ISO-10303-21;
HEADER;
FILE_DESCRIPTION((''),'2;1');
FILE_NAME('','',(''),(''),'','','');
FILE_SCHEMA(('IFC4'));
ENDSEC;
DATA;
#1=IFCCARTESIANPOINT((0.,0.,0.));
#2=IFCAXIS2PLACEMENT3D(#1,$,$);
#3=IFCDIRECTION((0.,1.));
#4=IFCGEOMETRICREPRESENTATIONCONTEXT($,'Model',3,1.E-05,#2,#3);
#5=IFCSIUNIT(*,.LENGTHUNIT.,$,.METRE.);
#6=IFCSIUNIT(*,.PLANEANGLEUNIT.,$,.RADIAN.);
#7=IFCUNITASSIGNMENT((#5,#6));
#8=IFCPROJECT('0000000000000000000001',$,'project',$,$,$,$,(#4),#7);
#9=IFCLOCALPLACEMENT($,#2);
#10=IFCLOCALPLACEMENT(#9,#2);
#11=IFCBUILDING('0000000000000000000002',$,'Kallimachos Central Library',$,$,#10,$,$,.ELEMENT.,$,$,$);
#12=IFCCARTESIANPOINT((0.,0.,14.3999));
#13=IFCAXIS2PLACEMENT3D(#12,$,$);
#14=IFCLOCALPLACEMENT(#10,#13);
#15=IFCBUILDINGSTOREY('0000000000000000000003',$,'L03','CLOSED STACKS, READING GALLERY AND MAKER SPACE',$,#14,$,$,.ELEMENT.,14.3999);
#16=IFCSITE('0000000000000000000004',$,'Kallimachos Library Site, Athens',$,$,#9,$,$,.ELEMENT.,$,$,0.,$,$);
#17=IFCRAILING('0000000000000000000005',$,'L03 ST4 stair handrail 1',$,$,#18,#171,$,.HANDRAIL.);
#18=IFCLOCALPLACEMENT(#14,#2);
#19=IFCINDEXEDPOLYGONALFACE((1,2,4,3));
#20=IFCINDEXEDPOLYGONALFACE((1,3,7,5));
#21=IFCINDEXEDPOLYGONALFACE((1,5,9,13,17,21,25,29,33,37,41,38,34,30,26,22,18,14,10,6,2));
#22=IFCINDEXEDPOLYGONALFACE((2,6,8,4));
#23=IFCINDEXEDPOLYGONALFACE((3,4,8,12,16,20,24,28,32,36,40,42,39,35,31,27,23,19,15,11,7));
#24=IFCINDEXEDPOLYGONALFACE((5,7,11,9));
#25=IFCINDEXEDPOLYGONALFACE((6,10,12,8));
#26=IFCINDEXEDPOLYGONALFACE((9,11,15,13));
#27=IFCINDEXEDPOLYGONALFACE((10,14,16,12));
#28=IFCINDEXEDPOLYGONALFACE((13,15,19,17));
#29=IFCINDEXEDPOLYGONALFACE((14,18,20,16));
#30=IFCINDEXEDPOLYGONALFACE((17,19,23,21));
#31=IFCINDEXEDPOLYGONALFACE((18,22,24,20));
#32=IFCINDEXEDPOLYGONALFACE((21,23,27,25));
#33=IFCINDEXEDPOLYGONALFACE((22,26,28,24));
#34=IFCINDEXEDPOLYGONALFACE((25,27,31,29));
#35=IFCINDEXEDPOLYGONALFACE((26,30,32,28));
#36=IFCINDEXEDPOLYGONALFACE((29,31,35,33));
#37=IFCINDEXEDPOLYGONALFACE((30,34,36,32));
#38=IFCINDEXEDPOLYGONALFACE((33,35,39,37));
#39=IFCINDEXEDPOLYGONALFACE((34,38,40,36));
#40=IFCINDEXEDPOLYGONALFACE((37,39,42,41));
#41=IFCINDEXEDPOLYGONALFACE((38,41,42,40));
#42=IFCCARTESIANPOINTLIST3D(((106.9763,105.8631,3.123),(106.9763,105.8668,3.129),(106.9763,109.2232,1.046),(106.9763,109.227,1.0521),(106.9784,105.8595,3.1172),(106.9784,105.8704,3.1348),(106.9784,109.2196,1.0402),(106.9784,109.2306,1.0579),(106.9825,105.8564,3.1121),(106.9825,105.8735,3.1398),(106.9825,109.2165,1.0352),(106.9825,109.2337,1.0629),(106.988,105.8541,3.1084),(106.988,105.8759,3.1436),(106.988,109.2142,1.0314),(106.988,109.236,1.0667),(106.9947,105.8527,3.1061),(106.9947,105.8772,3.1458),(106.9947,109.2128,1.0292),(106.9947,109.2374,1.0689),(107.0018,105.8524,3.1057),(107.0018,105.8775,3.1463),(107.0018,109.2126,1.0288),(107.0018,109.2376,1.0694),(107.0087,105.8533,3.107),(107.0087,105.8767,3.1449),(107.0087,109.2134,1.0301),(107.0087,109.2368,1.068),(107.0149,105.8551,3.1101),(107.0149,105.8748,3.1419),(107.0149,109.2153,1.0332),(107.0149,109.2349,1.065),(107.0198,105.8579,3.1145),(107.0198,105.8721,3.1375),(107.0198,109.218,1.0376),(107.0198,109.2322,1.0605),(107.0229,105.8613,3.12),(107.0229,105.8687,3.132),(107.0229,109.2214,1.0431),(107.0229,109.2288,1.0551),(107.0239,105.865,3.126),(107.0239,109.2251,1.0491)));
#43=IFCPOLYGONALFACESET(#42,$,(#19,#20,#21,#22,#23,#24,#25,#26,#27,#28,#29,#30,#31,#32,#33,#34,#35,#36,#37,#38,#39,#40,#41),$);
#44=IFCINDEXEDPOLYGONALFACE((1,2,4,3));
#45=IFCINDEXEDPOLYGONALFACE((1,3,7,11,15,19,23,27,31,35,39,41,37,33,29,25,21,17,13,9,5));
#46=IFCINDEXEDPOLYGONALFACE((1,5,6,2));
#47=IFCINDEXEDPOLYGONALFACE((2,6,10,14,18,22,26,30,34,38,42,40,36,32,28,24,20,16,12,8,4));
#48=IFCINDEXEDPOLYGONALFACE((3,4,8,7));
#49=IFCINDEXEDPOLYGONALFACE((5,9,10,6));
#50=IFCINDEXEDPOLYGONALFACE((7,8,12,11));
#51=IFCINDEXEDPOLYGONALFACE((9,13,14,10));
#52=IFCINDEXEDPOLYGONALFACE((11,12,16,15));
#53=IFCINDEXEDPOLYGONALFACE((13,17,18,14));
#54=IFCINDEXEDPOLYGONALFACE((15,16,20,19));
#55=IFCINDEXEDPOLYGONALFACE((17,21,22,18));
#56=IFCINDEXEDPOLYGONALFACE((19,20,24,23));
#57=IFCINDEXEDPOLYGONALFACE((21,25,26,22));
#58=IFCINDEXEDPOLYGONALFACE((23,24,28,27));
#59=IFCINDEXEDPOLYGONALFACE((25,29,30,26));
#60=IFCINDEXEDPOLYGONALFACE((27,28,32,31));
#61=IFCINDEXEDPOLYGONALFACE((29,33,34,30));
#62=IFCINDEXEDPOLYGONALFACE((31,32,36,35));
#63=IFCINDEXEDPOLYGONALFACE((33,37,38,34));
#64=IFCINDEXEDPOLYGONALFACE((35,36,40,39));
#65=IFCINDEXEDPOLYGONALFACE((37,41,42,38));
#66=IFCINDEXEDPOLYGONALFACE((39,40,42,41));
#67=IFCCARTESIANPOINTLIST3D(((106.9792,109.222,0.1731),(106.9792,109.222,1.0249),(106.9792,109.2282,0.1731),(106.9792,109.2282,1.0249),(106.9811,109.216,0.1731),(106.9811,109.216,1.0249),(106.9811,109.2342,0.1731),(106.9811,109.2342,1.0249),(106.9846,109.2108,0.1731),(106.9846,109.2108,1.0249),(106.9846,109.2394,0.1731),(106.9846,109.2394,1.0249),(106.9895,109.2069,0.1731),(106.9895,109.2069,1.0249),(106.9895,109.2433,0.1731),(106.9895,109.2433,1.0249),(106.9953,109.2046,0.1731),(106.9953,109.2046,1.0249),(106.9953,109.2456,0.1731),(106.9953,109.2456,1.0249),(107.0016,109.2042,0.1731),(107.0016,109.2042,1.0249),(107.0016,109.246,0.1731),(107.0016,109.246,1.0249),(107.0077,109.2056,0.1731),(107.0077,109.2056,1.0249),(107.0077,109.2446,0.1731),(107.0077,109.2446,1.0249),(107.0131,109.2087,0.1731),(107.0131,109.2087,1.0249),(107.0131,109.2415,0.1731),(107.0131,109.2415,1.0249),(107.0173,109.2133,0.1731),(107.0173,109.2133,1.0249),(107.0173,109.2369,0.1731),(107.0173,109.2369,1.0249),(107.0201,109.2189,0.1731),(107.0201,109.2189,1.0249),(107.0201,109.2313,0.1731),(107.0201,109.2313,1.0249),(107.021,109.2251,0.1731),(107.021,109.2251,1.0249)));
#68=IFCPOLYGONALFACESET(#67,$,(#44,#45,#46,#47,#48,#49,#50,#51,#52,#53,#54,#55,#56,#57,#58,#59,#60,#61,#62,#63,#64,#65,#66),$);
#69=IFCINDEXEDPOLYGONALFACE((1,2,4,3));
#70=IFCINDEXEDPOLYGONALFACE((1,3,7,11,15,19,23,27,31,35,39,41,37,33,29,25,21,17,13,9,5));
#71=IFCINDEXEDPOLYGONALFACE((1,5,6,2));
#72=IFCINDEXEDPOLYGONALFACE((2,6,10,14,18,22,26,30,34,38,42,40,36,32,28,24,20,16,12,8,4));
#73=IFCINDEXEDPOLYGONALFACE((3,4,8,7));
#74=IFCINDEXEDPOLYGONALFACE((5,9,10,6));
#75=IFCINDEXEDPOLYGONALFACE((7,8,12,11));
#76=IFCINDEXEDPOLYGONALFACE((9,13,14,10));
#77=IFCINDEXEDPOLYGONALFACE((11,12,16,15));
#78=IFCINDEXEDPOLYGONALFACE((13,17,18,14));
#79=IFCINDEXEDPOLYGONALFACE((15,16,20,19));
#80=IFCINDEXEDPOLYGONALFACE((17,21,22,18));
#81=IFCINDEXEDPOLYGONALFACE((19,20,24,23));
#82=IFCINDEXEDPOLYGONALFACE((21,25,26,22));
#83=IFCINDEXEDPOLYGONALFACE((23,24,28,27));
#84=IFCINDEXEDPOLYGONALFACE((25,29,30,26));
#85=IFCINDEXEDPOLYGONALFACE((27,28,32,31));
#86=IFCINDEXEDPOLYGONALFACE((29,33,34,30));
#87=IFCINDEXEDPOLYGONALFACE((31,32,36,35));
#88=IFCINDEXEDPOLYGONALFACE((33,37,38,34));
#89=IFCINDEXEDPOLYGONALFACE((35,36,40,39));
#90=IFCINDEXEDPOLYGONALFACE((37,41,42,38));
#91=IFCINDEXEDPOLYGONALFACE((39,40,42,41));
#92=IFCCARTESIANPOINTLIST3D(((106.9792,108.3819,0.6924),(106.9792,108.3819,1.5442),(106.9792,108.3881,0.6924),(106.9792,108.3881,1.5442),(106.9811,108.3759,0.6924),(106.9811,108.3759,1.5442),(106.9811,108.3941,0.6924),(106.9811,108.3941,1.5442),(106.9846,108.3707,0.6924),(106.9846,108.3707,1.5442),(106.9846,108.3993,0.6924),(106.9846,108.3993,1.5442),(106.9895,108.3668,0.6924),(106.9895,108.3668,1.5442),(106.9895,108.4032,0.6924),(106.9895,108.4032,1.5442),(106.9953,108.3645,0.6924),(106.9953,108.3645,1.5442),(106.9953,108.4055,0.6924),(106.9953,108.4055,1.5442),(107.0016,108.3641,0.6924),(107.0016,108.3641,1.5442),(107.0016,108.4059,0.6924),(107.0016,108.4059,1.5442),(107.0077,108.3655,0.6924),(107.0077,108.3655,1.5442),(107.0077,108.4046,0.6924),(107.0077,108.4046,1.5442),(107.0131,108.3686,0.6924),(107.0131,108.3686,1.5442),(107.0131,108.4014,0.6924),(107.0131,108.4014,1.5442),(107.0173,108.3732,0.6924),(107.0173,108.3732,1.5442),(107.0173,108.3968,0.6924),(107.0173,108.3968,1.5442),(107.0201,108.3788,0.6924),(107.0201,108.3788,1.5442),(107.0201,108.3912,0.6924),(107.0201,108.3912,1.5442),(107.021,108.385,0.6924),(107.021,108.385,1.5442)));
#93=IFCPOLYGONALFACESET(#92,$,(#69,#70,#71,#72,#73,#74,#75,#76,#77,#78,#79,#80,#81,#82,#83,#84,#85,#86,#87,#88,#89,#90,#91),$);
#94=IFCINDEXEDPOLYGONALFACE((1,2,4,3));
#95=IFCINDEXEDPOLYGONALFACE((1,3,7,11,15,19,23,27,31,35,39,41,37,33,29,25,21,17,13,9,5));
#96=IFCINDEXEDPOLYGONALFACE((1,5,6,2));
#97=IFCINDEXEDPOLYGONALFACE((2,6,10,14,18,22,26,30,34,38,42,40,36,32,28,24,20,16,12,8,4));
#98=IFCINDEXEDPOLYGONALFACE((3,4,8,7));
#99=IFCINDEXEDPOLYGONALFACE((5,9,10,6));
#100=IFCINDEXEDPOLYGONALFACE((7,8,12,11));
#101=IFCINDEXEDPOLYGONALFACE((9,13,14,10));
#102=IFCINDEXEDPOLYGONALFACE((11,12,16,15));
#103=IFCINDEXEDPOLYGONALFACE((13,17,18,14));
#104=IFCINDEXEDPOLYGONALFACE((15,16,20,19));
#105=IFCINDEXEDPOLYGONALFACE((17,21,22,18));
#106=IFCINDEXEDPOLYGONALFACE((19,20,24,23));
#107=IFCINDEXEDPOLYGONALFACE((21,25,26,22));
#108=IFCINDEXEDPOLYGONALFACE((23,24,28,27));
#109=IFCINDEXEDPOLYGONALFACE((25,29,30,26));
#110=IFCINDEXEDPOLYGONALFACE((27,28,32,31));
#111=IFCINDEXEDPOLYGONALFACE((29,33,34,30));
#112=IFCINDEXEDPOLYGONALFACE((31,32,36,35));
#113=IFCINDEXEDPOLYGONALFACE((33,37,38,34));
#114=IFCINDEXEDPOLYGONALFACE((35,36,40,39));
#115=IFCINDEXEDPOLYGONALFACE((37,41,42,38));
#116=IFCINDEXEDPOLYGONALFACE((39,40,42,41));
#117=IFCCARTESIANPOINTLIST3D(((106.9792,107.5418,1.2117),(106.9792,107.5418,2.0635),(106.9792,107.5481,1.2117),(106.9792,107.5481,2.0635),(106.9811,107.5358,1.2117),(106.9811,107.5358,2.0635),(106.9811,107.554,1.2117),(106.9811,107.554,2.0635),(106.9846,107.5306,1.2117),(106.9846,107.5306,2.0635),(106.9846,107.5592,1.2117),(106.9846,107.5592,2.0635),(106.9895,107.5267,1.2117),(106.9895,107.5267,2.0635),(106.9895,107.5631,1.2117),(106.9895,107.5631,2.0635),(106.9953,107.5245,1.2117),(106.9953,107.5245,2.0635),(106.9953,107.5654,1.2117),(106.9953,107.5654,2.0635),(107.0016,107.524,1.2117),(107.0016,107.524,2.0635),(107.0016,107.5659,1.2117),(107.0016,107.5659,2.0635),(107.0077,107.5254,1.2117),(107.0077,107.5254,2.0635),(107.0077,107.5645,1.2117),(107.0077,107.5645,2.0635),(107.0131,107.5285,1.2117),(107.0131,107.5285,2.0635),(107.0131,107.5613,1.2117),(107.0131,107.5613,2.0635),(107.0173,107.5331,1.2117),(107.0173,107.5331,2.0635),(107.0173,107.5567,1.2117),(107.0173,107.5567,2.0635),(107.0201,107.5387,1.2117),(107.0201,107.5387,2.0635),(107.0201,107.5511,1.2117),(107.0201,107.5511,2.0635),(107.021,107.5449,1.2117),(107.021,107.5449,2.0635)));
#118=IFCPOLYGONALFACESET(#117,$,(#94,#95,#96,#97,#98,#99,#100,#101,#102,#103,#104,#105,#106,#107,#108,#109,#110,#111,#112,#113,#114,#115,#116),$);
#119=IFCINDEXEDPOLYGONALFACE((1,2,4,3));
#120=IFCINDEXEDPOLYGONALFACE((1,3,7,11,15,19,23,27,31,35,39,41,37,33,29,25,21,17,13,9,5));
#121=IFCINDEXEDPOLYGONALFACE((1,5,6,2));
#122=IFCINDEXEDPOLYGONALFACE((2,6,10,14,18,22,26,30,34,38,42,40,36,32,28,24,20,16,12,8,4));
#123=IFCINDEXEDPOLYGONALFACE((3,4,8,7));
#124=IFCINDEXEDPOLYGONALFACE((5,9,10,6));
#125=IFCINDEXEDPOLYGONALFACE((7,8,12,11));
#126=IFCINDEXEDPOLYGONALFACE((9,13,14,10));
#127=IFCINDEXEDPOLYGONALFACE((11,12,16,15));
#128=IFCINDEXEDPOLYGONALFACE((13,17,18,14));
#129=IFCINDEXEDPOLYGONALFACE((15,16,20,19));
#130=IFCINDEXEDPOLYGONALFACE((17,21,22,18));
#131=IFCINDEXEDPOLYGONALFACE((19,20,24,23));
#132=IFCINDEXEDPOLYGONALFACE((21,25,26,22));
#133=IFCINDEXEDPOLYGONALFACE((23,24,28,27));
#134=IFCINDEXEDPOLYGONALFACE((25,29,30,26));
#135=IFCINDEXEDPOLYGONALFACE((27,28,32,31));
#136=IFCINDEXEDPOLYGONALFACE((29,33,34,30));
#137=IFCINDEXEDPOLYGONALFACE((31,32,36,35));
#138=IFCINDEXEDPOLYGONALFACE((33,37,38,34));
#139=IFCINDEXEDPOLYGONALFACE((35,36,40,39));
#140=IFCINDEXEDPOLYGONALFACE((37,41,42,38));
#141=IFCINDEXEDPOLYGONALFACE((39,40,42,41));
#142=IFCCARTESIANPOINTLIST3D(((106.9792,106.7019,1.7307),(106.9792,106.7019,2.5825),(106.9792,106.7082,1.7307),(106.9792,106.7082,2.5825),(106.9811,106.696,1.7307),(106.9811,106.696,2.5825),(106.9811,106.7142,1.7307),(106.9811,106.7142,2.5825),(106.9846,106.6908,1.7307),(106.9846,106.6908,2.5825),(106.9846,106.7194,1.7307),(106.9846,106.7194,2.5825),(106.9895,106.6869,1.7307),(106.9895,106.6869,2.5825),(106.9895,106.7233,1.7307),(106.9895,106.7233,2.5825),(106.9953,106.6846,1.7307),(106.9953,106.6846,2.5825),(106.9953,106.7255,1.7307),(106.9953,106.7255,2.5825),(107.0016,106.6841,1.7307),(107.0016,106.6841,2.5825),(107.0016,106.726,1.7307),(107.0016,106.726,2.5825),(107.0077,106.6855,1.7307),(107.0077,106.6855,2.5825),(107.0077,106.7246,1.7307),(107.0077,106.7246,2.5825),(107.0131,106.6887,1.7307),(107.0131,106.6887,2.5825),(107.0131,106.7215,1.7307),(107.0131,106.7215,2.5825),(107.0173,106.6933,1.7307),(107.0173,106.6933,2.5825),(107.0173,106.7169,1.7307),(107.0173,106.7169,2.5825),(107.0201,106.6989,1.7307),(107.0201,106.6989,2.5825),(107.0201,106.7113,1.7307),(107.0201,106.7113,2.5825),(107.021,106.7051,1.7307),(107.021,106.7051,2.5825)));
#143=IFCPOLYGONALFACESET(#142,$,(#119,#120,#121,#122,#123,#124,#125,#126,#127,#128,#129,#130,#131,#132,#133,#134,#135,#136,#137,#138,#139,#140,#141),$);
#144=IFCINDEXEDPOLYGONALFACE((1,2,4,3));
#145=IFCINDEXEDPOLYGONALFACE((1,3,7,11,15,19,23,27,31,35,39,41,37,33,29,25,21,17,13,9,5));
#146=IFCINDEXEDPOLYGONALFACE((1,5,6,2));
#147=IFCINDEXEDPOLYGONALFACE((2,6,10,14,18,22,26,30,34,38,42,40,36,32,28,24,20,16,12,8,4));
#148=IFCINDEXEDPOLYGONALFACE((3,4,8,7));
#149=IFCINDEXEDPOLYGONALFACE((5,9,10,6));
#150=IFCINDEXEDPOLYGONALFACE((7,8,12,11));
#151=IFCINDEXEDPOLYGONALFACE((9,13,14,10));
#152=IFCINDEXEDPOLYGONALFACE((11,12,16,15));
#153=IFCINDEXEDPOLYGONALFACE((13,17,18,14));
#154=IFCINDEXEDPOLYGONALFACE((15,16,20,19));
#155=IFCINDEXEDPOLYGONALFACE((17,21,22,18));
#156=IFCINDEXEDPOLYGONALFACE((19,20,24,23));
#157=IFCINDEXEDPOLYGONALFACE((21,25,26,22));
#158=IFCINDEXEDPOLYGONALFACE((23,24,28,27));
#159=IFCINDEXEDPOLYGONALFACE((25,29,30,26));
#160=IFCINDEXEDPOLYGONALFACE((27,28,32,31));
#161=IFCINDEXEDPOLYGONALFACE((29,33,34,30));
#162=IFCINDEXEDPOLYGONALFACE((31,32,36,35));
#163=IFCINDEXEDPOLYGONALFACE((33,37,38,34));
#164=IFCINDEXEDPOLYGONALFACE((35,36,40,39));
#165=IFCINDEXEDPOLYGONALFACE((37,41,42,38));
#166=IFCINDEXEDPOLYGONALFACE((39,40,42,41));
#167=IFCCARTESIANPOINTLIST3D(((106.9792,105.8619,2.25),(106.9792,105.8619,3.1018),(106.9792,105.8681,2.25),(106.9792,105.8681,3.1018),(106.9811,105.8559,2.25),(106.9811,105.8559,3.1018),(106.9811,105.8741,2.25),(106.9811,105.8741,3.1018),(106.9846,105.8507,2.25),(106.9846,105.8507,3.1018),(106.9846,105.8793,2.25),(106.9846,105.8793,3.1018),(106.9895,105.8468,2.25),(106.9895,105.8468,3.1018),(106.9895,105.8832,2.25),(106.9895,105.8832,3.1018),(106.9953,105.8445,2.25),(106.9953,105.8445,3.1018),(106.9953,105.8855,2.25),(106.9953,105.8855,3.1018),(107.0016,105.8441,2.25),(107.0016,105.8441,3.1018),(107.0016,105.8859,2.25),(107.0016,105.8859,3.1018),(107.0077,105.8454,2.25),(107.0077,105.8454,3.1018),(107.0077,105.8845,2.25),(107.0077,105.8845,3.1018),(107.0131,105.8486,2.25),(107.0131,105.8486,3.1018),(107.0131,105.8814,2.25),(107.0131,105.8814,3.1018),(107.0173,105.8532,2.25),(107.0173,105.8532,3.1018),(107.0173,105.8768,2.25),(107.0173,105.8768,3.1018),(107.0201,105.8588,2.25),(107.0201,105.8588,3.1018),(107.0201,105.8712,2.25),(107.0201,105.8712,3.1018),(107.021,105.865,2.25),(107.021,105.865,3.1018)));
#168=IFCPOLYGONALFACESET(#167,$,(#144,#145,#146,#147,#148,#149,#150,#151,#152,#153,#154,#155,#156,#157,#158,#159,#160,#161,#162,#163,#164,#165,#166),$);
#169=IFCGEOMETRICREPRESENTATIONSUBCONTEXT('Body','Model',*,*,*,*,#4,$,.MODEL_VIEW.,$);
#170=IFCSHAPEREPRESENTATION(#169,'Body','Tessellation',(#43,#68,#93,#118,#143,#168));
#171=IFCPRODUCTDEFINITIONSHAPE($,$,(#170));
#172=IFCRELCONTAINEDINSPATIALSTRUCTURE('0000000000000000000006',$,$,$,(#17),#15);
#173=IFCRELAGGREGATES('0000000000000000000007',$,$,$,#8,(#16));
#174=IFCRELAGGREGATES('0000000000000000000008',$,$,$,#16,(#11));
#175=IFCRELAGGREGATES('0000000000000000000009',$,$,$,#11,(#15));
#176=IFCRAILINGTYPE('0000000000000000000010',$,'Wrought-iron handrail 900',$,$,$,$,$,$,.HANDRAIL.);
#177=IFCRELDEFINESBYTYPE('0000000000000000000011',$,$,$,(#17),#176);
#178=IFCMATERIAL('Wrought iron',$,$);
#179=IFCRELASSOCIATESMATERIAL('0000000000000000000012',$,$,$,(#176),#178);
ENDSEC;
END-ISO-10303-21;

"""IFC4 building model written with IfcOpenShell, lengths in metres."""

from ifc_helpers import new_model, si_unit, direction, frame, origin, origin_2d, place, context, subcontext, project, spatial, circle, extrude, material, type_object, element, save


model = new_model("IFC4")

# Units and contexts
model_context = context("Model", 3, precision=1e-05, world=origin(), true_north=direction((0.0, 1.0)))
body_context = subcontext(model_context, "Body", "Model", "MODEL_VIEW")
ifc_project = project(units=[si_unit("LENGTHUNIT", "METRE"), si_unit("PLANEANGLEUNIT", "RADIAN")], contexts=[model_context])

# Site, building, storey
site_placement = place(None, origin())
site = spatial("IfcSite", under=ifc_project, at=site_placement, Name="Kallimachos Library Site, Athens", CompositionType="ELEMENT", RefElevation=0.0)
building_placement = place(site_placement, origin())
building = spatial("IfcBuilding", under=site, at=building_placement, Name="Kallimachos Central Library", CompositionType="ELEMENT")
storey_placement = place(building_placement, frame((0.0, 0.0, 14.3999)))
storey = spatial("IfcBuildingStorey", under=building, at=storey_placement, Name="L03", Description="CLOSED STACKS, READING GALLERY AND MAKER SPACE", CompositionType="ELEMENT", Elevation=14.3999)

# Railing
ifc_material_1 = material(Name="Wrought iron")
railing_type_1 = type_object("IfcRailingType", Name="Wrought-iron handrail 900", PredefinedType="HANDRAIL", material=ifc_material_1)
railing_1_placement = place(storey_placement, frame((107.0, 109.2251, 0.1731)))
element("IfcRailing", 1, at=railing_1_placement, inside=storey, type_object=railing_type_1, Name="L03 ST4 stair handrail 1", PredefinedType="HANDRAIL", context=body_context, shape_type="SweptSolid", body=[
    extrude(circle(Radius=0.0239, at=origin_2d()), frame((0.0, 0.0, 0.876), z_axis=(0.0, -0.850623, 0.525776), x_axis=(1.0, 0.0, 0.0)), (0.0, 0.0, 1.0), 3.9502),
    extrude(circle(Radius=0.021, at=origin_2d()), origin(), (0.0, 0.0, 1.0), 0.8518),
    extrude(circle(Radius=0.021, at=origin_2d()), frame((0.0, -0.8401, 0.5193)), (0.0, 0.0, 1.0), 0.8518),
    extrude(circle(Radius=0.021, at=origin_2d()), frame((0.0, -1.6802, 1.0386)), (0.0, 0.0, 1.0), 0.8518),
    extrude(circle(Radius=0.021, at=origin_2d()), frame((0.0, -2.52, 1.5576)), (0.0, 0.0, 1.0), 0.8518),
    extrude(circle(Radius=0.021, at=origin_2d()), frame((0.0, -3.3601, 2.0769)), (0.0, 0.0, 1.0), 0.8518),
])

save(model, "model.ifc")
